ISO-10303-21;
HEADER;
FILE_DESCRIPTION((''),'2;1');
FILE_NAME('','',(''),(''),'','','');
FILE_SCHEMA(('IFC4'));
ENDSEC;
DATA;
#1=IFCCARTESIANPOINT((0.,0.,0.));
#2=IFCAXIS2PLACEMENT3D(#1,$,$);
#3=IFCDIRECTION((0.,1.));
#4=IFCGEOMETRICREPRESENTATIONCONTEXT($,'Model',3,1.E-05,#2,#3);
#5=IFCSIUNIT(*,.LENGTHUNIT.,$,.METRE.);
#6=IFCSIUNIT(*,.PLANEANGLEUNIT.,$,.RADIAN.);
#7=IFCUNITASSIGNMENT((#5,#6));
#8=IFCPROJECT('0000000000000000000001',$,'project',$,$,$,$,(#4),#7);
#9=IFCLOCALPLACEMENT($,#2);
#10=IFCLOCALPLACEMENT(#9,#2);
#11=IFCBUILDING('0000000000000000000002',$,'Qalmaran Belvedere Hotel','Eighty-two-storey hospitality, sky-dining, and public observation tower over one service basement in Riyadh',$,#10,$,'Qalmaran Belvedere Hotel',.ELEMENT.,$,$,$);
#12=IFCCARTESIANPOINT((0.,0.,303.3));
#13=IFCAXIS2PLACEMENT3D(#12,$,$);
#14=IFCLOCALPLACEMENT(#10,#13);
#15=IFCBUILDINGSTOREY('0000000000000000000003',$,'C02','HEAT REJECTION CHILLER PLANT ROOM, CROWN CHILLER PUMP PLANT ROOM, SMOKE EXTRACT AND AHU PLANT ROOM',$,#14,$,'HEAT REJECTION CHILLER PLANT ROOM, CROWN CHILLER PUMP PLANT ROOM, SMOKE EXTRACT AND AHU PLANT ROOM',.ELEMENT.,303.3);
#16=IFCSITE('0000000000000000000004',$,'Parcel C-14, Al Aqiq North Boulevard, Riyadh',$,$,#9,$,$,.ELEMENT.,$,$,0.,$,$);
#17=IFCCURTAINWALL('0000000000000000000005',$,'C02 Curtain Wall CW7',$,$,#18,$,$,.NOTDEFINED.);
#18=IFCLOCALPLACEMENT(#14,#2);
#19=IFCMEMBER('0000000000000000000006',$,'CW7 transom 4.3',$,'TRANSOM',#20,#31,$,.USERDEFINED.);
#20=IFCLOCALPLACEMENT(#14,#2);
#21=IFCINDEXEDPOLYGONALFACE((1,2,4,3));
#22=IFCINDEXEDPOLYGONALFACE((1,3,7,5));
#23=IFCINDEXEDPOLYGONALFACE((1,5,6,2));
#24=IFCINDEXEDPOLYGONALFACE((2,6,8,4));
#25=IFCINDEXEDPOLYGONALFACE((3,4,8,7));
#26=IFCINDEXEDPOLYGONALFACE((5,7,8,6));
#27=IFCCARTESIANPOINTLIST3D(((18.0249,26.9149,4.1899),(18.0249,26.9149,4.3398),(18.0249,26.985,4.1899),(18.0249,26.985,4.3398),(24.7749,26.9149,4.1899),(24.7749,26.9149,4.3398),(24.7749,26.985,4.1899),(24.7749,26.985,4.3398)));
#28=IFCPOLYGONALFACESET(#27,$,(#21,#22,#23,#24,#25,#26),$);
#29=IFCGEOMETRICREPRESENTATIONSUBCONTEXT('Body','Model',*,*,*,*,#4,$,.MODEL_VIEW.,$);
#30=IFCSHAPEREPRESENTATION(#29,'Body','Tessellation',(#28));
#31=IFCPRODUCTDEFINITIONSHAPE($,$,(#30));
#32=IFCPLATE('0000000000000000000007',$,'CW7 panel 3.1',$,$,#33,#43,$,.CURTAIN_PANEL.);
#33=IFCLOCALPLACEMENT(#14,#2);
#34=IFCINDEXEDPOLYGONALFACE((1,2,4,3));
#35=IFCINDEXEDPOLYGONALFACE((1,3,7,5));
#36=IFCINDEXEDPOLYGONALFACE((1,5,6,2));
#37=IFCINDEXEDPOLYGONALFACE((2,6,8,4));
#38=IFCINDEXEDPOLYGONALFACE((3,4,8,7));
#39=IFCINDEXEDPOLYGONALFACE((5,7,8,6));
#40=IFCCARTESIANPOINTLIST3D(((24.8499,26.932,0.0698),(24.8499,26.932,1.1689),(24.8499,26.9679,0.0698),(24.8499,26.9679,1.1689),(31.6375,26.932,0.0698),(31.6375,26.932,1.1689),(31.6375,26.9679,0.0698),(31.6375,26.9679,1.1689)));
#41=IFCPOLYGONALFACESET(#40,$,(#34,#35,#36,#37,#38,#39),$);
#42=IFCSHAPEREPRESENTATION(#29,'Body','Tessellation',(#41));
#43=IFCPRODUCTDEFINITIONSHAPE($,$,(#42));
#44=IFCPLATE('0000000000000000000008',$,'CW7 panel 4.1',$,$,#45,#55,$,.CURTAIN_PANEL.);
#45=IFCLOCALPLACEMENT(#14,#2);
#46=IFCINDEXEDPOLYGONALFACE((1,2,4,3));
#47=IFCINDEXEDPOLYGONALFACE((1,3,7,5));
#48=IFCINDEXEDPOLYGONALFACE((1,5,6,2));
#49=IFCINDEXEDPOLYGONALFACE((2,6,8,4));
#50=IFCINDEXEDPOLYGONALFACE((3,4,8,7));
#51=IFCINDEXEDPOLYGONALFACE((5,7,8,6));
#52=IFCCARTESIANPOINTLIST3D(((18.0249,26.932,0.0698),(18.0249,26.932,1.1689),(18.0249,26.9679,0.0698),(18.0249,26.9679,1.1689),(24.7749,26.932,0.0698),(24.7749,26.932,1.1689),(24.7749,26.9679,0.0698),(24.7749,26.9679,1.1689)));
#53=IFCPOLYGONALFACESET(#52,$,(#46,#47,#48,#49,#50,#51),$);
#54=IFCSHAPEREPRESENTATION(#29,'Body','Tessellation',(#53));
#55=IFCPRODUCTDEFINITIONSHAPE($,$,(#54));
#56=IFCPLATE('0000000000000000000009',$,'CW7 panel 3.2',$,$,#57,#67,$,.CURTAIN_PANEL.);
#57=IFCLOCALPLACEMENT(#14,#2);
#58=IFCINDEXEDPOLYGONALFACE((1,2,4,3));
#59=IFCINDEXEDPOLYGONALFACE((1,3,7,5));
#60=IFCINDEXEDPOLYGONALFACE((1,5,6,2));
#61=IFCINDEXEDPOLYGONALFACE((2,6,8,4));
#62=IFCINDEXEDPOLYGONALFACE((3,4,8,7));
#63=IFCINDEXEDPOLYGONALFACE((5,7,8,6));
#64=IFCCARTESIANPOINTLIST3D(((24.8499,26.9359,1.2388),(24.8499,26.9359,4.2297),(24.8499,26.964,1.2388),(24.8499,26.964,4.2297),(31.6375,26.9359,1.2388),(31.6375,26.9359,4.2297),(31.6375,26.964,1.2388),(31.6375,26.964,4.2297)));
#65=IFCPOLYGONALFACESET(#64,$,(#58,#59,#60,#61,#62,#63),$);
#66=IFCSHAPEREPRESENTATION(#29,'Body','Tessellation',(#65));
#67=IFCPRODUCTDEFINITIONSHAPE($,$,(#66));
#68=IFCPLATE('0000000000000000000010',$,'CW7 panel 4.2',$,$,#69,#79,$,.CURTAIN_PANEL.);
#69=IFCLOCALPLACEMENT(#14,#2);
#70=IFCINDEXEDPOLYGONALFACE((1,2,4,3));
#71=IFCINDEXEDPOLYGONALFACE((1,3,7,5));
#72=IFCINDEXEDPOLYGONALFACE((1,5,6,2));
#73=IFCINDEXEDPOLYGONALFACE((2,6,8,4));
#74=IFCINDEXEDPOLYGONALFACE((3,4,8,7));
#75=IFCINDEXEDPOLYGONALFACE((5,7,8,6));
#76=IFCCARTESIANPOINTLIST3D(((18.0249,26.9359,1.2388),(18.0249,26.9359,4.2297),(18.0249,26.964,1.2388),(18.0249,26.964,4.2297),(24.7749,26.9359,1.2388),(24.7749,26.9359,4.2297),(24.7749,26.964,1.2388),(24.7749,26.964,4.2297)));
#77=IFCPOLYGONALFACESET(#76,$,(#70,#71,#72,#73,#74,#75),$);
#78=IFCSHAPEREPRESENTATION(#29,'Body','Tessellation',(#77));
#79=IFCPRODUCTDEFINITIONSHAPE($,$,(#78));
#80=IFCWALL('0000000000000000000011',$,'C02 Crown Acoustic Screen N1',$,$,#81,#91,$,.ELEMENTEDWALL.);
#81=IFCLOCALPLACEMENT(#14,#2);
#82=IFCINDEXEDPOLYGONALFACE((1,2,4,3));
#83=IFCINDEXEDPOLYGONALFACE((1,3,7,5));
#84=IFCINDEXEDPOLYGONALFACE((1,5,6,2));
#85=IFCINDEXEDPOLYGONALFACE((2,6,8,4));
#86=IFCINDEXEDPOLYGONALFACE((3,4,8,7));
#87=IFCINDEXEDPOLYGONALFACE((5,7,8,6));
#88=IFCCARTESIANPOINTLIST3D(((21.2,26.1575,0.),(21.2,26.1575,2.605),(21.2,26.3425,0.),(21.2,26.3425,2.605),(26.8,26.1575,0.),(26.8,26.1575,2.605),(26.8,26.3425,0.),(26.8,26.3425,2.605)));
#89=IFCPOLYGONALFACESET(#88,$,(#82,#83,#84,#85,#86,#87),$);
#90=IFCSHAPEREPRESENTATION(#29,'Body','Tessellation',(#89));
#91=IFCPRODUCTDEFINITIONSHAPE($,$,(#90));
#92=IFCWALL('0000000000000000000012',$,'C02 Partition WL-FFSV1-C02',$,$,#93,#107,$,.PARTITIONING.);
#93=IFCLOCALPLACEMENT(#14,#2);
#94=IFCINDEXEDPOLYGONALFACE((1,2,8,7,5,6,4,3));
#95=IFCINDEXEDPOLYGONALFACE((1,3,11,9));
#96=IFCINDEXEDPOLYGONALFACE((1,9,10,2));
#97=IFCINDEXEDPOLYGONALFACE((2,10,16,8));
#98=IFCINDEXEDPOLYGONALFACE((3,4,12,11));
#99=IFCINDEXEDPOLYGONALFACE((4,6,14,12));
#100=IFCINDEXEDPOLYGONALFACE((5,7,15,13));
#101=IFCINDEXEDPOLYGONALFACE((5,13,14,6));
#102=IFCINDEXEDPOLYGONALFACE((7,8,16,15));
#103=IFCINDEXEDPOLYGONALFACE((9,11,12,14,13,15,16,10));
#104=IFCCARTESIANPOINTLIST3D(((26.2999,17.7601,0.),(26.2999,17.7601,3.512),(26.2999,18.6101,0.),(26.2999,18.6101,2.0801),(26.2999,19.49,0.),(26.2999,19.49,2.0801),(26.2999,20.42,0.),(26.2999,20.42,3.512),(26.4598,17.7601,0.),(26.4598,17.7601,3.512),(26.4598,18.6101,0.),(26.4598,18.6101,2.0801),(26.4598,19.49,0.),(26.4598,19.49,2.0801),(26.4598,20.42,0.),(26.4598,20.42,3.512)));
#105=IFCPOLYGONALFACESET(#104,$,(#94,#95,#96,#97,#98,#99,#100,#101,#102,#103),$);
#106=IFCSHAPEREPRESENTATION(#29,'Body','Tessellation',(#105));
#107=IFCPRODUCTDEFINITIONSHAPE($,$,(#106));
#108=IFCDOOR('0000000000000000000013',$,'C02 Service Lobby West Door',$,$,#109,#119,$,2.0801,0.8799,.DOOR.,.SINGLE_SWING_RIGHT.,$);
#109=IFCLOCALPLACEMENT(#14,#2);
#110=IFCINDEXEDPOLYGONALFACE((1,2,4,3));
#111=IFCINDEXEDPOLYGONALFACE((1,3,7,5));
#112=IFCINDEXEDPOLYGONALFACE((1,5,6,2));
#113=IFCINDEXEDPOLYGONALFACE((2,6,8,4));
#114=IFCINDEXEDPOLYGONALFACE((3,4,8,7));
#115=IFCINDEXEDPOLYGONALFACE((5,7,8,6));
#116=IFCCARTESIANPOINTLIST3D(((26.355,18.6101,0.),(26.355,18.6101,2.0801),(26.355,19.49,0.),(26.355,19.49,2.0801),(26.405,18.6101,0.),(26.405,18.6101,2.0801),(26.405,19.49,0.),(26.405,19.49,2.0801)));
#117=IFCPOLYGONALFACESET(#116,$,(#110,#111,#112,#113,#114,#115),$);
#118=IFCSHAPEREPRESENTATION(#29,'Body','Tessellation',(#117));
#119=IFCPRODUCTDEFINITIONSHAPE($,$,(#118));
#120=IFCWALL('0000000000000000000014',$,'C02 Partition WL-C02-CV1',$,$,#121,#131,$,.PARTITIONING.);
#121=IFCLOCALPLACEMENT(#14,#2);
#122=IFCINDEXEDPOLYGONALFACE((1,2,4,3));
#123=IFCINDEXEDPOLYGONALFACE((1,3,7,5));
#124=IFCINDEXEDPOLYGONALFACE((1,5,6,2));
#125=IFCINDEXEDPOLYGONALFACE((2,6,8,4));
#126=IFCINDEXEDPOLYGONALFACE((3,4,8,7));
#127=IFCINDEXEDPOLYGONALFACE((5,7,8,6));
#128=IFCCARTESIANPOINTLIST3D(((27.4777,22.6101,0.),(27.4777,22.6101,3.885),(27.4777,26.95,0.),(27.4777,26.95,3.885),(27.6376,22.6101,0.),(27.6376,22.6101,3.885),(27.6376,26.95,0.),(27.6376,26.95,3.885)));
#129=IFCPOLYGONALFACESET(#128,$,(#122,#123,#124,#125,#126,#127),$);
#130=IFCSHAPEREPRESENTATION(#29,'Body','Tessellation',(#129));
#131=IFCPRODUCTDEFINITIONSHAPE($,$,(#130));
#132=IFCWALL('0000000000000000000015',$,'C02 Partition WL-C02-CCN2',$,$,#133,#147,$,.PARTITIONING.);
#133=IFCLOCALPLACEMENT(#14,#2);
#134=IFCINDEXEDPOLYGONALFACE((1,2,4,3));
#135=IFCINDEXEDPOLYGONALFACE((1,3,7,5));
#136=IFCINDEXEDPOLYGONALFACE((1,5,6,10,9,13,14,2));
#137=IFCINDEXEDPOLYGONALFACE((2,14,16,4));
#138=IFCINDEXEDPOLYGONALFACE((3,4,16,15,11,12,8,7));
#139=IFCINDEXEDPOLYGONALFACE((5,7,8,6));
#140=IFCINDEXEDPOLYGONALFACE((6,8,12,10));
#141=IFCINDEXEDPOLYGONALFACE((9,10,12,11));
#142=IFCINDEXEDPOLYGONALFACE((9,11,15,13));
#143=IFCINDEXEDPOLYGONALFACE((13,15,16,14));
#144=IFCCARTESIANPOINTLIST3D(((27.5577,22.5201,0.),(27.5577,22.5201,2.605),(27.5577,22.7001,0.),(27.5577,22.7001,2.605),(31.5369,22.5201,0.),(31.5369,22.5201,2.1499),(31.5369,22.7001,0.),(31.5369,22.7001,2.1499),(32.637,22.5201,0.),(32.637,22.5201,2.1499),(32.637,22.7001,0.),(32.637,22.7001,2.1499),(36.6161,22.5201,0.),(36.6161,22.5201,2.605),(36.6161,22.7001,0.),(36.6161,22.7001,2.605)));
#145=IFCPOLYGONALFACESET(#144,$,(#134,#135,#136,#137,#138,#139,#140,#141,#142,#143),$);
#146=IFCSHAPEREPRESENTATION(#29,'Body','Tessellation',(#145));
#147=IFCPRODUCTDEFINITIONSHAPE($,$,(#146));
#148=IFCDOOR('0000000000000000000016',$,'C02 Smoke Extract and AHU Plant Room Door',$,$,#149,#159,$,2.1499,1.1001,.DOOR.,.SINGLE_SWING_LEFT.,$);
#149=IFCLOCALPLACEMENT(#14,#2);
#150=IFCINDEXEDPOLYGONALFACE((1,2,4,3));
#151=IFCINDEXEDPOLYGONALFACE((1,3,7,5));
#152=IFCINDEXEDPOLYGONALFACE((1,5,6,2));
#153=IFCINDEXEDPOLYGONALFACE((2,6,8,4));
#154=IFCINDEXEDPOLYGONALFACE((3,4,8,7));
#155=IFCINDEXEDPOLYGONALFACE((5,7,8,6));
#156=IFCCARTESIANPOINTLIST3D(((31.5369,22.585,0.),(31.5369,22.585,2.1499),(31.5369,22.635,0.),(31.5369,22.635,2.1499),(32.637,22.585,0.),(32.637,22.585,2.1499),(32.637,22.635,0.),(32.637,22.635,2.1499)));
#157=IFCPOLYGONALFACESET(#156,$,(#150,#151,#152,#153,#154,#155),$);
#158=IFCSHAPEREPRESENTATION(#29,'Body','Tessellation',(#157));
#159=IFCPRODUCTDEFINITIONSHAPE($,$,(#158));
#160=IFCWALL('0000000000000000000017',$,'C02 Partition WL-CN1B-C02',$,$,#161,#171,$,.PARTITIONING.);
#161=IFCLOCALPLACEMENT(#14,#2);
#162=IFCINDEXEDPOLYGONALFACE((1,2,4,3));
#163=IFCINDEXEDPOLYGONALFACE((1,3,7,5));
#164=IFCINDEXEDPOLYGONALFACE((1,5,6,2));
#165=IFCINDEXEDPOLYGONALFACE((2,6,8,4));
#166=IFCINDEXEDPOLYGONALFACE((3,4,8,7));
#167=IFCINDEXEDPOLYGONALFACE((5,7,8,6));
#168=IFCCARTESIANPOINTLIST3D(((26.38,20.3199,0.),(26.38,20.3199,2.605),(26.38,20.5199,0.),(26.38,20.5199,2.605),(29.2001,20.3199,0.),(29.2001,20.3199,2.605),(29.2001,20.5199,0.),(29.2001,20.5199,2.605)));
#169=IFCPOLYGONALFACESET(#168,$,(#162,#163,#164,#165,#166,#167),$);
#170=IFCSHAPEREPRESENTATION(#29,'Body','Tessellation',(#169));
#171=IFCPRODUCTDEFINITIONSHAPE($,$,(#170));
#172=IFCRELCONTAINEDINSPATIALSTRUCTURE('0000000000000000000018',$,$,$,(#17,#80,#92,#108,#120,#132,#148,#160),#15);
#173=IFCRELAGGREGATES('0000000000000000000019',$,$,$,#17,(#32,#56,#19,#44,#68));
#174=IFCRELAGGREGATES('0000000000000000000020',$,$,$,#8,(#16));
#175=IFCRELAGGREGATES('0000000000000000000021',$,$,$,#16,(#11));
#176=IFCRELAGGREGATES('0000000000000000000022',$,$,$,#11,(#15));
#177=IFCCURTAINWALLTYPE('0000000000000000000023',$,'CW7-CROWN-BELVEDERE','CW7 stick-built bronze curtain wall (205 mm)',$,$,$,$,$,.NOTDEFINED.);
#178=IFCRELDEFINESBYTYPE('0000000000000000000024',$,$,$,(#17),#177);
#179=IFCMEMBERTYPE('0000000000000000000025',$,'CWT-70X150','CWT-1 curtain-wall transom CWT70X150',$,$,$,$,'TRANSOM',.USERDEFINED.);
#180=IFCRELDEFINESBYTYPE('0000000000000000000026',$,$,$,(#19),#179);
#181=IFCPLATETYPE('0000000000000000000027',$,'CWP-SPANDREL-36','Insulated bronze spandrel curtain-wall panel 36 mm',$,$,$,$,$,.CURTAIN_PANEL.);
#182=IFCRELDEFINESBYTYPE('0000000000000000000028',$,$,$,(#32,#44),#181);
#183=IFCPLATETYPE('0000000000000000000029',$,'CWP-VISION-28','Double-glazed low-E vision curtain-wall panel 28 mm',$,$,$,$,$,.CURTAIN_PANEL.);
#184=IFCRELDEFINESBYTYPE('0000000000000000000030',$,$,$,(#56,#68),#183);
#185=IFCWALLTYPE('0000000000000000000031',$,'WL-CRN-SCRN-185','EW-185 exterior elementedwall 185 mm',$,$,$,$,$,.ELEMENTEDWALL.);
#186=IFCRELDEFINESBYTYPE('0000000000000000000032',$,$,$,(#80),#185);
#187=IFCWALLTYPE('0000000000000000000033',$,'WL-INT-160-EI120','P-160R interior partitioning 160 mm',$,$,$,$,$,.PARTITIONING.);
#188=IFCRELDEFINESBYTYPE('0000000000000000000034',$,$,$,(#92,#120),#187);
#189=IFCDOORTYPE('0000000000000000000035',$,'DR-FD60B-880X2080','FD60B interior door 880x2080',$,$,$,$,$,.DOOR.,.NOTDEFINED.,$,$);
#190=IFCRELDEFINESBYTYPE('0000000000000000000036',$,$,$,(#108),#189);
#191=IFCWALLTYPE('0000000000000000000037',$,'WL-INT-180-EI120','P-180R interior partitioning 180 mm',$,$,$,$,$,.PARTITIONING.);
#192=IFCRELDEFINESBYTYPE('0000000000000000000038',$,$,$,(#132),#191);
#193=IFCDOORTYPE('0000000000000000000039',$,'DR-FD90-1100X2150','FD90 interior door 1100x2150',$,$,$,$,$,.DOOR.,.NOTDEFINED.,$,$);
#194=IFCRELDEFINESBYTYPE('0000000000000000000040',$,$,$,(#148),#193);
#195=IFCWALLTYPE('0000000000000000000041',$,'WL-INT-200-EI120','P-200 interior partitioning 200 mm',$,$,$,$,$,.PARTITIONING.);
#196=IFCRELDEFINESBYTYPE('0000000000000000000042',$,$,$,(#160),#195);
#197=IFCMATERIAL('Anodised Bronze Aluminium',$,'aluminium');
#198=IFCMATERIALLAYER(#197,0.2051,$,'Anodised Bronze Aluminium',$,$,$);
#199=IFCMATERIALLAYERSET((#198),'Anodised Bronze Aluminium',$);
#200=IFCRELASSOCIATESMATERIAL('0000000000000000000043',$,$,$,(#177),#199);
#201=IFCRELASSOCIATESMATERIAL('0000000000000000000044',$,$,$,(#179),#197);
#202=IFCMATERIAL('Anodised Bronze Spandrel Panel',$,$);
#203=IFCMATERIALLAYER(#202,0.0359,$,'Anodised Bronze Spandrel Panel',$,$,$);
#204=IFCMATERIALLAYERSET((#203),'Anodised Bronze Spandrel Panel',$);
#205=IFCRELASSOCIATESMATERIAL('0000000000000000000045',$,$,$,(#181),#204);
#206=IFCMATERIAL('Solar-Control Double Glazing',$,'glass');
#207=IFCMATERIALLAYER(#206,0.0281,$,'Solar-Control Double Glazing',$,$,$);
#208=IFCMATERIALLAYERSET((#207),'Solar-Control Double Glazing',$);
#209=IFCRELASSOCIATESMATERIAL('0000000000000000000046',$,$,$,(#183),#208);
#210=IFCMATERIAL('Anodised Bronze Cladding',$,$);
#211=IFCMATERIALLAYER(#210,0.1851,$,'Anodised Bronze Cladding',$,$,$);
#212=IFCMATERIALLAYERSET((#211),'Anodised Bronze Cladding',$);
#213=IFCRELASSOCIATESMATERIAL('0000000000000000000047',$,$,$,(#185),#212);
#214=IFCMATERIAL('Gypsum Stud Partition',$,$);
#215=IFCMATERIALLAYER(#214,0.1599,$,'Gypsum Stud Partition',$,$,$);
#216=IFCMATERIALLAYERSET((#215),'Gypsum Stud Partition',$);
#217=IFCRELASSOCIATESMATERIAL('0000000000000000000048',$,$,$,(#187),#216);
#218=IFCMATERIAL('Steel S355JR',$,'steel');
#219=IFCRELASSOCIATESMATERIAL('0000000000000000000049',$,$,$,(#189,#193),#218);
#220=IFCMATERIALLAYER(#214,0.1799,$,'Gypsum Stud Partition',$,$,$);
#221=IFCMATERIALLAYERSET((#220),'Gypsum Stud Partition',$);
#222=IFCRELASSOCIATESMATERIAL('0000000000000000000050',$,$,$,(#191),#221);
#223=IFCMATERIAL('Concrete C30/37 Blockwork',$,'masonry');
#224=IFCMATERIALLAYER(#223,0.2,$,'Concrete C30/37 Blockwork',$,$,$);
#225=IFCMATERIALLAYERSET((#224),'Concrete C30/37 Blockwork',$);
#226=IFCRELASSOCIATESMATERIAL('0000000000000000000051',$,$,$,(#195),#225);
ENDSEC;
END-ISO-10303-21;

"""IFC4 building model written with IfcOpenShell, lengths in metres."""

from ifc_helpers import new_model, si_unit, direction, frame, frame_2d, origin, origin_2d, place, context, subcontext, project, spatial, rectangle, extrude, material, layer, layer_set, material_profile, profile_set, type_object, element, fill, aggregate, save


model = new_model("IFC4")

# Units and contexts
model_context = context("Model", 3, precision=1e-05, world=origin(), true_north=direction((0.0, 1.0)))
body_context = subcontext(model_context, "Body", "Model", "MODEL_VIEW")
ifc_project = project(units=[si_unit("LENGTHUNIT", "METRE"), si_unit("PLANEANGLEUNIT", "RADIAN")], contexts=[model_context])

# Site, building, storey
site_placement = place(None, origin())
site = spatial("IfcSite", under=ifc_project, at=site_placement, Name="Parcel C-14, Al Aqiq North Boulevard, Riyadh", CompositionType="ELEMENT", RefElevation=0.0)
building_placement = place(site_placement, origin())
building = spatial("IfcBuilding", under=site, at=building_placement, Name="Qalmaran Belvedere Hotel", Description="Eighty-two-storey hospitality, sky-dining, and public observation tower over one service basement in Riyadh", LongName="Qalmaran Belvedere Hotel", CompositionType="ELEMENT")
storey_placement = place(building_placement, frame((0.0, 0.0, 303.3)))
storey = spatial("IfcBuildingStorey", under=building, at=storey_placement, Name="C02", Description="HEAT REJECTION CHILLER PLANT ROOM, CROWN CHILLER PUMP PLANT ROOM, SMOKE EXTRACT AND AHU PLANT ROOM", LongName="HEAT REJECTION CHILLER PLANT ROOM, CROWN CHILLER PUMP PLANT ROOM, SMOKE EXTRACT AND AHU PLANT ROOM", CompositionType="ELEMENT", Elevation=303.3)

# Shared definitions
ifc_material_1 = material(Name="Steel S355JR", Category="steel")

# Curtain wall, member, plates
ifc_material_2 = material(Name="Anodised Bronze Aluminium", Category="aluminium")
ifc_layer_1 = layer(ifc_material_2, 0.2051, Name="Anodised Bronze Aluminium")
ifc_layer_set_1 = layer_set([ifc_layer_1], Name="Anodised Bronze Aluminium")
curtain_wall_type = type_object("IfcCurtainWallType", Name="CW7-CROWN-BELVEDERE", Description="CW7 stick-built bronze curtain wall (205 mm)", PredefinedType="NOTDEFINED", material=ifc_layer_set_1)
curtain_wall_placement = place(storey_placement, origin())
curtain_wall = element("IfcCurtainWall", 1, at=curtain_wall_placement, inside=storey, type_object=curtain_wall_type, Name="C02 Curtain Wall CW7", PredefinedType="NOTDEFINED")
ifc_material_profile_1 = material_profile(ifc_material_2, rectangle(XDim=0.0701, YDim=0.1499, at=origin_2d()), Name="CWT70X150")
ifc_profile_set_1 = profile_set([ifc_material_profile_1], Name="Anodised Bronze Aluminium")
member_type_1 = type_object("IfcMemberType", Name="CWT-70X150", Description="CWT-1 curtain-wall transom CWT70X150", ElementType="TRANSOM", PredefinedType="USERDEFINED", material=ifc_profile_set_1)
member_1_placement = place(storey_placement, frame((24.7749, 26.95, 4.2649), z_axis=(-1.0, 0.0, 0.0), x_axis=(0.0, -1.0, 0.0)))
member_1 = element("IfcMember", 2, at=member_1_placement, type_object=member_type_1, Name="CW7 transom 4.3", ObjectType="TRANSOM", PredefinedType="USERDEFINED", context=body_context, shape_type="SweptSolid", body=[
    extrude(rectangle(XDim=0.0701, YDim=0.1499, at=origin_2d()), origin(), (0.0, 0.0, 1.0), 6.75),
])
ifc_material_3 = material(Name="Anodised Bronze Spandrel Panel")
ifc_layer_2 = layer(ifc_material_3, 0.0359, Name="Anodised Bronze Spandrel Panel")
ifc_layer_set_2 = layer_set([ifc_layer_2], Name="Anodised Bronze Spandrel Panel")
plate_type_1 = type_object("IfcPlateType", Name="CWP-SPANDREL-36", Description="Insulated bronze spandrel curtain-wall panel 36 mm", PredefinedType="CURTAIN_PANEL", material=ifc_layer_set_2)
plate_1_placement = place(storey_placement, frame((28.2437, 26.95, 0.0698), z_axis=(0.0, 0.0, 1.0), x_axis=(-1.0, 0.0, 0.0)))
plate_1 = element("IfcPlate", 3, at=plate_1_placement, type_object=plate_type_1, Name="CW7 panel 3.1", PredefinedType="CURTAIN_PANEL", context=body_context, shape_type="SweptSolid", body=[
    extrude(rectangle(XDim=6.7876, YDim=0.0359, at=origin_2d()), origin(), (0.0, 0.0, 1.0), 1.0991),
])
plate_2_placement = place(storey_placement, frame((21.3999, 26.95, 0.0698), z_axis=(0.0, 0.0, 1.0), x_axis=(-1.0, 0.0, 0.0)))
plate_2 = element("IfcPlate", 4, at=plate_2_placement, type_object=plate_type_1, Name="CW7 panel 4.1", PredefinedType="CURTAIN_PANEL", context=body_context, shape_type="SweptSolid", body=[
    extrude(rectangle(XDim=6.75, YDim=0.0359, at=origin_2d()), origin(), (0.0, 0.0, 1.0), 1.0991),
])
ifc_material_4 = material(Name="Solar-Control Double Glazing", Category="glass")
ifc_layer_3 = layer(ifc_material_4, 0.0281, Name="Solar-Control Double Glazing")
ifc_layer_set_3 = layer_set([ifc_layer_3], Name="Solar-Control Double Glazing")
plate_type_2 = type_object("IfcPlateType", Name="CWP-VISION-28", Description="Double-glazed low-E vision curtain-wall panel 28 mm", PredefinedType="CURTAIN_PANEL", material=ifc_layer_set_3)
plate_3_placement = place(storey_placement, frame((28.2437, 26.95, 1.2388), z_axis=(0.0, 0.0, 1.0), x_axis=(-1.0, 0.0, 0.0)))
plate_3 = element("IfcPlate", 5, at=plate_3_placement, type_object=plate_type_2, Name="CW7 panel 3.2", PredefinedType="CURTAIN_PANEL", context=body_context, shape_type="SweptSolid", body=[
    extrude(rectangle(XDim=6.7876, YDim=0.0281, at=origin_2d()), origin(), (0.0, 0.0, 1.0), 2.991),
])
plate_4_placement = place(storey_placement, frame((21.3999, 26.95, 1.2388), z_axis=(0.0, 0.0, 1.0), x_axis=(-1.0, 0.0, 0.0)))
plate_4 = element("IfcPlate", 6, at=plate_4_placement, type_object=plate_type_2, Name="CW7 panel 4.2", PredefinedType="CURTAIN_PANEL", context=body_context, shape_type="SweptSolid", body=[
    extrude(rectangle(XDim=6.75, YDim=0.0281, at=origin_2d()), origin(), (0.0, 0.0, 1.0), 2.991),
])
aggregate(curtain_wall, [plate_1, plate_3, member_1, plate_2, plate_4])

# Wall
ifc_material_5 = material(Name="Anodised Bronze Cladding")
ifc_layer_4 = layer(ifc_material_5, 0.1851, Name="Anodised Bronze Cladding")
ifc_layer_set_4 = layer_set([ifc_layer_4], Name="Anodised Bronze Cladding")
wall_type_1 = type_object("IfcWallType", Name="WL-CRN-SCRN-185", Description="EW-185 exterior elementedwall 185 mm", PredefinedType="ELEMENTEDWALL", material=ifc_layer_set_4)
wall_1_placement = place(storey_placement, frame((21.2, 26.25, 0.0), z_axis=(0.0, 0.0, 1.0), x_axis=(1.0, 0.0, 0.0)))
element("IfcWall", 7, at=wall_1_placement, inside=storey, type_object=wall_type_1, Name="C02 Crown Acoustic Screen N1", PredefinedType="ELEMENTEDWALL", context=body_context, shape_type="SweptSolid", body=[
    extrude(rectangle(XDim=5.6001, YDim=0.1851, at=frame_2d((2.8, 0.0))), origin(), (0.0, 0.0, 1.0), 2.605),
])

# Wall, opening, door
ifc_material_6 = material(Name="Gypsum Stud Partition")
ifc_layer_5 = layer(ifc_material_6, 0.1599, Name="Gypsum Stud Partition")
ifc_layer_set_5 = layer_set([ifc_layer_5], Name="Gypsum Stud Partition")
wall_type_2 = type_object("IfcWallType", Name="WL-INT-160-EI120", Description="P-160R interior partitioning 160 mm", PredefinedType="PARTITIONING", material=ifc_layer_set_5)
wall_2_placement = place(storey_placement, frame((26.3799, 17.76, 0.0), z_axis=(0.0, 0.0, 1.0), x_axis=(0.0, 1.0, 0.0)))
wall_2 = element("IfcWall", 8, at=wall_2_placement, inside=storey, type_object=wall_type_2, Name="C02 Partition WL-FFSV1-C02", PredefinedType="PARTITIONING", context=body_context, shape_type="SweptSolid", body=[
    extrude(rectangle(XDim=2.6599, YDim=0.1599, at=frame_2d((1.3301, 0.0))), origin(), (0.0, 0.0, 1.0), 3.512),
])
opening_1_placement = place(wall_2_placement, frame((0.8501, 0.0, 0.0)))
opening_1 = element("IfcOpeningElement", 9, at=opening_1_placement, cuts=wall_2, PredefinedType="OPENING", context=body_context, shape_type="SweptSolid", body=[
    extrude(rectangle(XDim=0.8799, YDim=2.0801, at=frame_2d((0.4399, 1.04))), frame((0.0, 0.0898, 0.0), z_axis=(0.0, -1.0, 0.0), x_axis=(1.0, 0.0, 0.0)), (0.0, 0.0, 1.0), 0.1799),
])
door_type_1 = type_object("IfcDoorType", Name="DR-FD60B-880X2080", Description="FD60B interior door 880x2080", OperationType="NOTDEFINED", PredefinedType="DOOR", material=ifc_material_1)
door_1_placement = place(opening_1_placement, origin())
door_1 = element("IfcDoor", 10, at=door_1_placement, inside=storey, type_object=door_type_1, Name="C02 Service Lobby West Door", OperationType="SINGLE_SWING_RIGHT", OverallHeight=2.0801, OverallWidth=0.8799, PredefinedType="DOOR", context=body_context, shape_type="SweptSolid", body=[
    extrude(rectangle(XDim=0.8799, YDim=2.0801, at=frame_2d((0.4399, 1.04))), frame((0.0, 0.0249, 0.0), z_axis=(0.0, -1.0, 0.0), x_axis=(1.0, 0.0, 0.0)), (0.0, 0.0, 1.0), 0.05),
])
fill(opening_1, door_1)

# Wall
wall_3_placement = place(storey_placement, frame((27.5576, 22.6101, 0.0), z_axis=(0.0, 0.0, 1.0), x_axis=(0.0, 1.0, 0.0)))
element("IfcWall", 11, at=wall_3_placement, inside=storey, type_object=wall_type_2, Name="C02 Partition WL-C02-CV1", PredefinedType="PARTITIONING", context=body_context, shape_type="SweptSolid", body=[
    extrude(rectangle(XDim=4.3398, YDim=0.1599, at=frame_2d((2.1699, 0.0))), origin(), (0.0, 0.0, 1.0), 3.885),
])

# Wall, opening, door
ifc_layer_6 = layer(ifc_material_6, 0.1799, Name="Gypsum Stud Partition")
ifc_layer_set_6 = layer_set([ifc_layer_6], Name="Gypsum Stud Partition")
wall_type_3 = type_object("IfcWallType", Name="WL-INT-180-EI120", Description="P-180R interior partitioning 180 mm", PredefinedType="PARTITIONING", material=ifc_layer_set_6)
wall_4_placement = place(storey_placement, frame((27.5576, 22.6101, 0.0), z_axis=(0.0, 0.0, 1.0), x_axis=(1.0, 0.0, 0.0)))
wall_4 = element("IfcWall", 12, at=wall_4_placement, inside=storey, type_object=wall_type_3, Name="C02 Partition WL-C02-CCN2", PredefinedType="PARTITIONING", context=body_context, shape_type="SweptSolid", body=[
    extrude(rectangle(XDim=9.0583, YDim=0.1799, at=frame_2d((4.5293, 0.0))), origin(), (0.0, 0.0, 1.0), 2.605),
])
opening_2_placement = place(wall_4_placement, frame((3.9792, 0.0, 0.0)))
opening_2 = element("IfcOpeningElement", 13, at=opening_2_placement, cuts=wall_4, PredefinedType="OPENING", context=body_context, shape_type="SweptSolid", body=[
    extrude(rectangle(XDim=1.1001, YDim=2.1499, at=frame_2d((0.55, 1.075))), frame((0.0, 0.1001, 0.0), z_axis=(0.0, -1.0, 0.0), x_axis=(1.0, 0.0, 0.0)), (0.0, 0.0, 1.0), 0.2),
])
door_type_2 = type_object("IfcDoorType", Name="DR-FD90-1100X2150", Description="FD90 interior door 1100x2150", OperationType="NOTDEFINED", PredefinedType="DOOR", material=ifc_material_1)
door_2_placement = place(opening_2_placement, origin())
door_2 = element("IfcDoor", 14, at=door_2_placement, inside=storey, type_object=door_type_2, Name="C02 Smoke Extract and AHU Plant Room Door", OperationType="SINGLE_SWING_LEFT", OverallHeight=2.1499, OverallWidth=1.1001, PredefinedType="DOOR", context=body_context, shape_type="SweptSolid", body=[
    extrude(rectangle(XDim=1.1001, YDim=2.1499, at=frame_2d((0.55, 1.075))), frame((0.0, 0.0249, 0.0), z_axis=(0.0, -1.0, 0.0), x_axis=(1.0, 0.0, 0.0)), (0.0, 0.0, 1.0), 0.05),
])
fill(opening_2, door_2)
ifc_material_7 = material(Name="Concrete C30/37 Blockwork", Category="masonry")
ifc_layer_7 = layer(ifc_material_7, 0.2, Name="Concrete C30/37 Blockwork")
ifc_layer_set_7 = layer_set([ifc_layer_7], Name="Concrete C30/37 Blockwork")
wall_type_4 = type_object("IfcWallType", Name="WL-INT-200-EI120", Description="P-200 interior partitioning 200 mm", PredefinedType="PARTITIONING", material=ifc_layer_set_7)

# Wall
wall_5_placement = place(storey_placement, frame((26.3799, 20.4199, 0.0), z_axis=(0.0, 0.0, 1.0), x_axis=(1.0, 0.0, 0.0)))
element("IfcWall", 15, at=wall_5_placement, inside=storey, type_object=wall_type_4, Name="C02 Partition WL-CN1B-C02", PredefinedType="PARTITIONING", context=body_context, shape_type="SweptSolid", body=[
    extrude(rectangle(XDim=2.8201, YDim=0.2, at=frame_2d((1.4102, 0.0))), origin(), (0.0, 0.0, 1.0), 2.605),
])

save(model, "model.ifc")
